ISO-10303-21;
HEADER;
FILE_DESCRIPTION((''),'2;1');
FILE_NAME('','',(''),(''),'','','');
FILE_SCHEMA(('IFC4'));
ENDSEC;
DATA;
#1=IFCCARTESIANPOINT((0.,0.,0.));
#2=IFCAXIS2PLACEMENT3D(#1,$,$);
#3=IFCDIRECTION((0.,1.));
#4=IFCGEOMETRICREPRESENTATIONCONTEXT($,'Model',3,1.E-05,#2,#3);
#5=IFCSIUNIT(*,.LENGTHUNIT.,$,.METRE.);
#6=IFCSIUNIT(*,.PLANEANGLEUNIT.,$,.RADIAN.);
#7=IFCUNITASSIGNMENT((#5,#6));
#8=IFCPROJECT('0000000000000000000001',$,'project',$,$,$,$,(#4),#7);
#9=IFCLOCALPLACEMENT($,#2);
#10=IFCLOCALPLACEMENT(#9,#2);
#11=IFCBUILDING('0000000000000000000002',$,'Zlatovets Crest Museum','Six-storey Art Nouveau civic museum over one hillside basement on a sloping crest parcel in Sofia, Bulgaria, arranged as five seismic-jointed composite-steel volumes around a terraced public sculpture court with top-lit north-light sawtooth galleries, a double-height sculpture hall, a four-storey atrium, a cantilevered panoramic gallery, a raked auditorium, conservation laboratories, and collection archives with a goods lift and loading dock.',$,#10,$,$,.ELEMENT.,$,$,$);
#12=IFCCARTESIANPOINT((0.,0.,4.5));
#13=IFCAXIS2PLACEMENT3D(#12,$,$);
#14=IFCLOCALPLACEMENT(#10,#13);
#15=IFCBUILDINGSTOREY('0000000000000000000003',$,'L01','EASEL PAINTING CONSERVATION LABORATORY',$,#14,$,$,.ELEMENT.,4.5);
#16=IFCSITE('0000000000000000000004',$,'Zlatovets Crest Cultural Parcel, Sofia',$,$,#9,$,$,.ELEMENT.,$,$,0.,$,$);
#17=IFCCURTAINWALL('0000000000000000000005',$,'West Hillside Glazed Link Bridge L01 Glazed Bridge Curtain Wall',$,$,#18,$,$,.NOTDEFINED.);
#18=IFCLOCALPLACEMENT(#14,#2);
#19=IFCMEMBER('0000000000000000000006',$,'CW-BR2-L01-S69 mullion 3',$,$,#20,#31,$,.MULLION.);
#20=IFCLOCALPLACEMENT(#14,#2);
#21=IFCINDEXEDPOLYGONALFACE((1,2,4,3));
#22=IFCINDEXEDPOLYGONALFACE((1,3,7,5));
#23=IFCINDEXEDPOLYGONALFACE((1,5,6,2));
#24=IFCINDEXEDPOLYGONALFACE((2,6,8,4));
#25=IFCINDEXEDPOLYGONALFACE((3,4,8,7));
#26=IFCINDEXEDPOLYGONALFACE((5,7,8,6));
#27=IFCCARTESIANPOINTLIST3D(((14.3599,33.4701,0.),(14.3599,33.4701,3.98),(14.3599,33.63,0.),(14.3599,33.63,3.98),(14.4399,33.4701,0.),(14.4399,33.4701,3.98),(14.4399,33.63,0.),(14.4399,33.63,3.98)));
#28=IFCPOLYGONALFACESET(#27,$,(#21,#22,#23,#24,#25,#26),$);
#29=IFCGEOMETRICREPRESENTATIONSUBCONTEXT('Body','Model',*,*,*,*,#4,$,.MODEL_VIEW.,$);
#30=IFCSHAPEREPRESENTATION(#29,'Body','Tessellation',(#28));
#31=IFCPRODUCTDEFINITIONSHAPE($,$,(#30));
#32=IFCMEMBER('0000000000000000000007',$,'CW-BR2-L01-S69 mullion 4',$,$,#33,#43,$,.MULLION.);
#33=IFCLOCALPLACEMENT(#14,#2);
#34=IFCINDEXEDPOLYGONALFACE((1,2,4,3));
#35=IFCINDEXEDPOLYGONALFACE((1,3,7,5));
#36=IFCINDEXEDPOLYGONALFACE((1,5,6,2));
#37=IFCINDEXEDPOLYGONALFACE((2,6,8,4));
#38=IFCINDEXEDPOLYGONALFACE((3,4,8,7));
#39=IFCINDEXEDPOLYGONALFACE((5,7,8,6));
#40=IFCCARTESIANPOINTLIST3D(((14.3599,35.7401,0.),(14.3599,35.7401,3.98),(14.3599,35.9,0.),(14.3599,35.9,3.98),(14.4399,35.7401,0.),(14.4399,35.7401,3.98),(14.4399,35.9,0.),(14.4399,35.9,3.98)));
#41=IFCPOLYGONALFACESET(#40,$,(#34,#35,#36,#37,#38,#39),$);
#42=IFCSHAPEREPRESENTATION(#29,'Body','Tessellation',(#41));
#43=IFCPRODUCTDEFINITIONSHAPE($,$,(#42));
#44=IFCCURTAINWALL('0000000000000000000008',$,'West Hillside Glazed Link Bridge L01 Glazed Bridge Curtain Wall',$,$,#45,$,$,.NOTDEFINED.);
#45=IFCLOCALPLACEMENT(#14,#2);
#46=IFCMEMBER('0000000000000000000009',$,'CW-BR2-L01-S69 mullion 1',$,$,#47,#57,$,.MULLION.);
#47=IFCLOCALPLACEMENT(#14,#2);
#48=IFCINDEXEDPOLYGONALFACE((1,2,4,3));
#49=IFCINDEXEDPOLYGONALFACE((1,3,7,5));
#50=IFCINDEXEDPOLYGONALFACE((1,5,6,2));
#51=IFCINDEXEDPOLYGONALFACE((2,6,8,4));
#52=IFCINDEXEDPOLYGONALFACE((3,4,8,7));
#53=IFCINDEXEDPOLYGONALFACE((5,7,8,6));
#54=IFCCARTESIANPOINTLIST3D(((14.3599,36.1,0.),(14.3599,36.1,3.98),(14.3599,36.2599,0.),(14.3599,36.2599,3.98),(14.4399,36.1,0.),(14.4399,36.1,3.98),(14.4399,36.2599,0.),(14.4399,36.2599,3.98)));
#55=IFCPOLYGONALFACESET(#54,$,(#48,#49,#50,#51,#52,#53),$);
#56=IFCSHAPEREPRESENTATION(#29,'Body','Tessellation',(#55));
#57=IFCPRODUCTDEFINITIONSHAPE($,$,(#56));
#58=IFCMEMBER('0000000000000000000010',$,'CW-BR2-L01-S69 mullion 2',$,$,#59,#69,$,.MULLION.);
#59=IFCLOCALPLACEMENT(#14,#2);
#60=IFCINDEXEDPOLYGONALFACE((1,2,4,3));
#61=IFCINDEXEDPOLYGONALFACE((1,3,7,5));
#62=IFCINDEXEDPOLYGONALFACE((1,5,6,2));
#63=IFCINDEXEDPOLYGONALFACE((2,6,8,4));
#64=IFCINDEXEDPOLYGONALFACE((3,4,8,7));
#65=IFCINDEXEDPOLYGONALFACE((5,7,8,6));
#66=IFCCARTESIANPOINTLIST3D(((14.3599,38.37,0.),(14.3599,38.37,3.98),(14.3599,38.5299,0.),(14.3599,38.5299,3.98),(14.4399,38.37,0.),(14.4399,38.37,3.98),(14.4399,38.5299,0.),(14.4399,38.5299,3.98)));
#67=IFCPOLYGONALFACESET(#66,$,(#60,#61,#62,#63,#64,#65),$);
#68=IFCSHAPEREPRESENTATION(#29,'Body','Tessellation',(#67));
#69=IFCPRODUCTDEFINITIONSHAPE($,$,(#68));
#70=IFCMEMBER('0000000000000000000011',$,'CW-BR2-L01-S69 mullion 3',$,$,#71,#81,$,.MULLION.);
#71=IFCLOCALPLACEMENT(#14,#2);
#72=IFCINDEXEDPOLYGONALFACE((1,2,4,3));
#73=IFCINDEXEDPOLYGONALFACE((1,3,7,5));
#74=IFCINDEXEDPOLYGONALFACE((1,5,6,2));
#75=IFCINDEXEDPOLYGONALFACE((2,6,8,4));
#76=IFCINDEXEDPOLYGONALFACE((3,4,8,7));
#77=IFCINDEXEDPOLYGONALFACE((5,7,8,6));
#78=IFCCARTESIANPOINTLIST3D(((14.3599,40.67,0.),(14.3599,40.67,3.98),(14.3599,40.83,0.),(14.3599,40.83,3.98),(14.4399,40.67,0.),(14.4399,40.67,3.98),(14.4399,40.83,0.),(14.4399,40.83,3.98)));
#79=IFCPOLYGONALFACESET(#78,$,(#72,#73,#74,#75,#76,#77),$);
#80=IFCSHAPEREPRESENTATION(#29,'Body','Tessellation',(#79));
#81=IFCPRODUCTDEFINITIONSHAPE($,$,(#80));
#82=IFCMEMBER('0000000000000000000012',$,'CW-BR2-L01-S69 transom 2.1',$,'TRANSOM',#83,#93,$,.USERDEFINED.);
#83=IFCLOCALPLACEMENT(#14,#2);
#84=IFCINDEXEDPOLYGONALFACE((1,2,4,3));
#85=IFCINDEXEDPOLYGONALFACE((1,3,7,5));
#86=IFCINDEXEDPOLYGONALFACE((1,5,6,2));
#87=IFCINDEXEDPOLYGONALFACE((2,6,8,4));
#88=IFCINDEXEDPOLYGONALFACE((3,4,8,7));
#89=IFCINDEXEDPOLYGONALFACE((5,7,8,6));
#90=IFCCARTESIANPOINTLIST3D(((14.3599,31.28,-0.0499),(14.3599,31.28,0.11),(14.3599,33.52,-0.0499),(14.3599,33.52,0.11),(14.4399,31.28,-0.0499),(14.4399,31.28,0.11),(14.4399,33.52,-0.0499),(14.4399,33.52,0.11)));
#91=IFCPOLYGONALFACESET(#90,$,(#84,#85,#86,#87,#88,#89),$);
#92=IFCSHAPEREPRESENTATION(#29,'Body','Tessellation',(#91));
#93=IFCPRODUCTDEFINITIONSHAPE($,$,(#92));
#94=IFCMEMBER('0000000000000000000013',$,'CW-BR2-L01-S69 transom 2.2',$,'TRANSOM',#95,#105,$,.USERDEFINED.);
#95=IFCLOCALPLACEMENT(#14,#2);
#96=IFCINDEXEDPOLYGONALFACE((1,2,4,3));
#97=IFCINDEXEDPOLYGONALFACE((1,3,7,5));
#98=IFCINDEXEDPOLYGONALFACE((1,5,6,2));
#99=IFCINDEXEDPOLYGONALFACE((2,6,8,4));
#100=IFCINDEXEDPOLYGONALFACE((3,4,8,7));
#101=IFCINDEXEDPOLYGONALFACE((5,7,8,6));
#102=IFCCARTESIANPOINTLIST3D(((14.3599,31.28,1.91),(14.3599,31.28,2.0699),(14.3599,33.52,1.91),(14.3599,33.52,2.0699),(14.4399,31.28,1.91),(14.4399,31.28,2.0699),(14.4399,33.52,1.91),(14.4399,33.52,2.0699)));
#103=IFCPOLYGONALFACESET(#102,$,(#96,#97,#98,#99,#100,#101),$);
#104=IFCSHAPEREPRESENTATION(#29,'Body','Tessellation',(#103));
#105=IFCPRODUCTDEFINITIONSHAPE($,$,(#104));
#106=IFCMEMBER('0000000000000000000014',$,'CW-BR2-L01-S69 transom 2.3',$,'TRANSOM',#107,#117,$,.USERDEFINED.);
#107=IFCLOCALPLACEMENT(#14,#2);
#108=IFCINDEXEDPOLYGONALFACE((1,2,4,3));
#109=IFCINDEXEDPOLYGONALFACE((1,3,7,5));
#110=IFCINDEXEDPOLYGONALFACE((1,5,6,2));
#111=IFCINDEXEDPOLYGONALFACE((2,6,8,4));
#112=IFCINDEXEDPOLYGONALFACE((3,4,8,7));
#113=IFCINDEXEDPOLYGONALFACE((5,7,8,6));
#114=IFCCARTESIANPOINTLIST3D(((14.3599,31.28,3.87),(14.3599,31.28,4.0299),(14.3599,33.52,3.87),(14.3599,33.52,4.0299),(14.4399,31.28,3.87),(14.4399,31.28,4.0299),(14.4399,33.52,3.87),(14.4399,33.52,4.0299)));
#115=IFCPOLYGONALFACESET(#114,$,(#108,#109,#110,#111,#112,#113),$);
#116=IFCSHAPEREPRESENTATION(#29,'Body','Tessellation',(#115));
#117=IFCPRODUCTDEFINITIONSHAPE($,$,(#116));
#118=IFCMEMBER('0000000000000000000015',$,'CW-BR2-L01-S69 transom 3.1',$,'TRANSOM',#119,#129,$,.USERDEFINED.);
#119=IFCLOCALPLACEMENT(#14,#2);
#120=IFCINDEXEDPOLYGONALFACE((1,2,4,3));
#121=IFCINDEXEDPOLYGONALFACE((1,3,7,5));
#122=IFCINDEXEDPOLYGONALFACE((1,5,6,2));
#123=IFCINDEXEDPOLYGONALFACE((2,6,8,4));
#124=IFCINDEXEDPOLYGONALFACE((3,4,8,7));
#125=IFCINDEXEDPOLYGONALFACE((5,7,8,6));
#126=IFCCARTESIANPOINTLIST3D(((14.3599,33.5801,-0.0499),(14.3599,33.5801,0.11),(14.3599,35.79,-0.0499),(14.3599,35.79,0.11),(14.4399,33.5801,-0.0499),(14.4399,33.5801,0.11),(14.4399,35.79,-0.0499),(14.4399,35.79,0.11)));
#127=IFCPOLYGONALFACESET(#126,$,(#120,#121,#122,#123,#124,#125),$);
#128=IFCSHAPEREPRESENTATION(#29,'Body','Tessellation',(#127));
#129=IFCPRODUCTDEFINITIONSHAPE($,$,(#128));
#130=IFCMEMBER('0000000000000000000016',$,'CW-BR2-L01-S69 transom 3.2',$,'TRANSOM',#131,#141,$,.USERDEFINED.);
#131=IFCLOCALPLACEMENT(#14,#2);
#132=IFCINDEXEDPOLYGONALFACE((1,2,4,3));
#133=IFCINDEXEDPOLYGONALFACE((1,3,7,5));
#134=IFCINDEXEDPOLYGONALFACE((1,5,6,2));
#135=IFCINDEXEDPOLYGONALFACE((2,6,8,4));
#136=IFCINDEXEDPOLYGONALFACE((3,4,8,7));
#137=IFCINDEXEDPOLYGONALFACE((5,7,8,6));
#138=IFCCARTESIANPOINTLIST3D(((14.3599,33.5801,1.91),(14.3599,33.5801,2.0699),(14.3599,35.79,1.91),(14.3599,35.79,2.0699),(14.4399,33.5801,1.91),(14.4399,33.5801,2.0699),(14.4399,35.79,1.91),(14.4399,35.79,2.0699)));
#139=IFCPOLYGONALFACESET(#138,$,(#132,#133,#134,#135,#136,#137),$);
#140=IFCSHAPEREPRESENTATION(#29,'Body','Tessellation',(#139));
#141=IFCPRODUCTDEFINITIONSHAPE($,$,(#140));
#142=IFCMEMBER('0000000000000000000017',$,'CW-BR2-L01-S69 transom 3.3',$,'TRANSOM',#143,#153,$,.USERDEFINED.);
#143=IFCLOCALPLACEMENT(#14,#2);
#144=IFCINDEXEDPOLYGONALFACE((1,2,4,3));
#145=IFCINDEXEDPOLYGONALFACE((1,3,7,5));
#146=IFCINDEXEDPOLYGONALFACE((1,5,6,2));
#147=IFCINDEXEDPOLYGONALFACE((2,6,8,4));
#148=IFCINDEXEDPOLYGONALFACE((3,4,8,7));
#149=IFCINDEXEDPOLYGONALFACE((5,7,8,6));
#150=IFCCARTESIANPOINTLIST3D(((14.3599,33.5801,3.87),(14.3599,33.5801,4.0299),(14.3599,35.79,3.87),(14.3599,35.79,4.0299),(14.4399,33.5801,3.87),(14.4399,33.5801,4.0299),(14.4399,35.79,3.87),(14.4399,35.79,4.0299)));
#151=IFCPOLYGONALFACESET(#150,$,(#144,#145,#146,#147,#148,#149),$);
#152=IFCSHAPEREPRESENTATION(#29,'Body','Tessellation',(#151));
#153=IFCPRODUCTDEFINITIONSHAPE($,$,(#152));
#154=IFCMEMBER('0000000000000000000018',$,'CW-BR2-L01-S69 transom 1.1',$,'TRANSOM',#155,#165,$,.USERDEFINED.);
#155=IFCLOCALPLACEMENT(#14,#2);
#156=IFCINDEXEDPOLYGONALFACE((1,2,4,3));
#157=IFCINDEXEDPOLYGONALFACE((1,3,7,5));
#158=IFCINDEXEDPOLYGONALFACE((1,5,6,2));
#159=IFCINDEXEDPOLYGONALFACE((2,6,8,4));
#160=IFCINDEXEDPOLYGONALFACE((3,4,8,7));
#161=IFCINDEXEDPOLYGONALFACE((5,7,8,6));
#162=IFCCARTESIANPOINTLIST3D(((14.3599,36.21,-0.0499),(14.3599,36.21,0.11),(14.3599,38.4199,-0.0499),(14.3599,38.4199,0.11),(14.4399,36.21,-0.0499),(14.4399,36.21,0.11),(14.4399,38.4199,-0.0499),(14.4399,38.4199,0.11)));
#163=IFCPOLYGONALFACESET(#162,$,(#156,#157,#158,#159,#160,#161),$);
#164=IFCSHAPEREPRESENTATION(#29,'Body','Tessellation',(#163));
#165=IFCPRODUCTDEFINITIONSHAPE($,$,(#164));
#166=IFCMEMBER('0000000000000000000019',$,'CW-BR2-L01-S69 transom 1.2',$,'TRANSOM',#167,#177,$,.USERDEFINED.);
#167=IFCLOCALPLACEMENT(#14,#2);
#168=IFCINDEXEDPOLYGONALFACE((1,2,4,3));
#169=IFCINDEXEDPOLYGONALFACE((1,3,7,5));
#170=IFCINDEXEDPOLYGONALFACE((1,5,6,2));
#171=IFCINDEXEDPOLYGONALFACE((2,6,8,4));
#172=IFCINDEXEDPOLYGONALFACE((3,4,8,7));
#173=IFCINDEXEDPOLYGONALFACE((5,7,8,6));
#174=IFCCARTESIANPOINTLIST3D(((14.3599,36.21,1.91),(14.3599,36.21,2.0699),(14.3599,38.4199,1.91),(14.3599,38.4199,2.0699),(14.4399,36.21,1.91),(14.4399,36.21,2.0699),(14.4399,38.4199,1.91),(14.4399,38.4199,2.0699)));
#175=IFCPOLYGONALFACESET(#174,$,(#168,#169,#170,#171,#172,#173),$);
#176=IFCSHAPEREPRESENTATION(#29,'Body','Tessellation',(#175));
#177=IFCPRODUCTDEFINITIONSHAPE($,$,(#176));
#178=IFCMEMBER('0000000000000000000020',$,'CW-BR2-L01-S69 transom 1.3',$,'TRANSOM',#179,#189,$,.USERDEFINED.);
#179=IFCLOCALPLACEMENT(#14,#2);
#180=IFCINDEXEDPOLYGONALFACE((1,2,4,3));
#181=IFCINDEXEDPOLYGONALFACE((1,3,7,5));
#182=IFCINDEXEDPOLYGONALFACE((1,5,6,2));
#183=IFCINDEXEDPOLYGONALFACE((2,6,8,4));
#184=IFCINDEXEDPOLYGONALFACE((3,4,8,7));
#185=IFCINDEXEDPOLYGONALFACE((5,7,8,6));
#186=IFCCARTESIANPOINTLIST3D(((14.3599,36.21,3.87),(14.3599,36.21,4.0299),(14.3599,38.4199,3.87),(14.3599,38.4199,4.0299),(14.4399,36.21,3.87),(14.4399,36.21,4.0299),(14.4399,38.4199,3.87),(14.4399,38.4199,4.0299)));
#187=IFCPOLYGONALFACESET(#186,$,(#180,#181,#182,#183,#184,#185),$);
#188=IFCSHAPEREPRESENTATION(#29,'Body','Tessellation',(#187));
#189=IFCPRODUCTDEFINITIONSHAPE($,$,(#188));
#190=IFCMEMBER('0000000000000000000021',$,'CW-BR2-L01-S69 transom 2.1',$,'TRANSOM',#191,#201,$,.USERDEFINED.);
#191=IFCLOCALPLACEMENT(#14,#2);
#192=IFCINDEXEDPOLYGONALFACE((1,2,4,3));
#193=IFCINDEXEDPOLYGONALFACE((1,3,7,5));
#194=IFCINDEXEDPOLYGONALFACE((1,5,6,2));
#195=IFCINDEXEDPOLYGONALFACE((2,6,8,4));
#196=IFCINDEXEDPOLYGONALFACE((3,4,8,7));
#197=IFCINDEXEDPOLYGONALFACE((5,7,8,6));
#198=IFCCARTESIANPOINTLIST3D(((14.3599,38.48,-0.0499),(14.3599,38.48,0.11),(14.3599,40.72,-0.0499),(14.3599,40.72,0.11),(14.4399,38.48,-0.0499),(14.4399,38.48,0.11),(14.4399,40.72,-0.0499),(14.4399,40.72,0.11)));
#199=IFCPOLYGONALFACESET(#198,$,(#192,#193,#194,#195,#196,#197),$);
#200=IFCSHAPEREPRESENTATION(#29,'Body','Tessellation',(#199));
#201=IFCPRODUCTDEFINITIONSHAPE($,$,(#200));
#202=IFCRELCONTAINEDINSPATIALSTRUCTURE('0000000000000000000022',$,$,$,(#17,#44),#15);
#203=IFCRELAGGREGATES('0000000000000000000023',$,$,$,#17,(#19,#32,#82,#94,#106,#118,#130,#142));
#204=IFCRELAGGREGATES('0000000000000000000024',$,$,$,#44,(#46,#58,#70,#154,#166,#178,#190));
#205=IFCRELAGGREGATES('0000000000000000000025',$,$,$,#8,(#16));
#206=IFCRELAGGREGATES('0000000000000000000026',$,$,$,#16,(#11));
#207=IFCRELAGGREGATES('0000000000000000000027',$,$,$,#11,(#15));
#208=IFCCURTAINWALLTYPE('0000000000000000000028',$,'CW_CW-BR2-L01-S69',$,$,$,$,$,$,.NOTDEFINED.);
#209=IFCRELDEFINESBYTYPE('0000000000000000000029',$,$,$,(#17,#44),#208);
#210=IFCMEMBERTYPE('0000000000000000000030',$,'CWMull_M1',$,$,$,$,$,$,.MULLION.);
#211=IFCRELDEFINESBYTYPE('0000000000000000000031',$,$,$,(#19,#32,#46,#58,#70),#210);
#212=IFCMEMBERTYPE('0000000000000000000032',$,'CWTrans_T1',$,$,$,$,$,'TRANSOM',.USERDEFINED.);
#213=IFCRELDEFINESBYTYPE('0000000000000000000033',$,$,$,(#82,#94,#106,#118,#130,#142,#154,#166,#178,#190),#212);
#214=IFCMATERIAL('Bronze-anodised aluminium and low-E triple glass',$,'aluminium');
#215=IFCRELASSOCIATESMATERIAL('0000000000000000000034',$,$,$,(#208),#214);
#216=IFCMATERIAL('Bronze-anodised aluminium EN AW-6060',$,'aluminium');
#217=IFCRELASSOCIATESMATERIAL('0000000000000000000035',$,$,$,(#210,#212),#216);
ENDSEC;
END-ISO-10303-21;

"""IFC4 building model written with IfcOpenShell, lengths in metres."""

from ifc_helpers import new_model, si_unit, direction, frame, origin, origin_2d, place, context, subcontext, project, spatial, rectangle, extrude, material, material_profile, profile_set, type_object, element, aggregate, save


model = new_model("IFC4")

# Units and contexts
model_context = context("Model", 3, precision=1e-05, world=origin(), true_north=direction((0.0, 1.0)))
body_context = subcontext(model_context, "Body", "Model", "MODEL_VIEW")
ifc_project = project(units=[si_unit("LENGTHUNIT", "METRE"), si_unit("PLANEANGLEUNIT", "RADIAN")], contexts=[model_context])

# Site, building, storey
site_placement = place(None, origin())
site = spatial("IfcSite", under=ifc_project, at=site_placement, Name="Zlatovets Crest Cultural Parcel, Sofia", CompositionType="ELEMENT", RefElevation=0.0)
building_placement = place(site_placement, origin())
building = spatial("IfcBuilding", under=site, at=building_placement, Name="Zlatovets Crest Museum", Description="Six-storey Art Nouveau civic museum over one hillside basement on a sloping crest parcel in Sofia, Bulgaria, arranged as five seismic-jointed composite-steel volumes around a terraced public sculpture court with top-lit north-light sawtooth galleries, a double-height sculpture hall, a four-storey atrium, a cantilevered panoramic gallery, a raked auditorium, conservation laboratories, and collection archives with a goods lift and loading dock.", CompositionType="ELEMENT")
storey_placement = place(building_placement, frame((0.0, 0.0, 4.5)))
storey = spatial("IfcBuildingStorey", under=building, at=storey_placement, Name="L01", Description="EASEL PAINTING CONSERVATION LABORATORY", CompositionType="ELEMENT", Elevation=4.5)

# Curtain walls, members
ifc_material_1 = material(Name="Bronze-anodised aluminium and low-E triple glass", Category="aluminium")
curtain_wall_type = type_object("IfcCurtainWallType", Name="CW_CW-BR2-L01-S69", PredefinedType="NOTDEFINED", material=ifc_material_1)
curtain_wall_1_placement = place(storey_placement, origin())
curtain_wall_1 = element("IfcCurtainWall", 1, at=curtain_wall_1_placement, inside=storey, type_object=curtain_wall_type, Name="West Hillside Glazed Link Bridge L01 Glazed Bridge Curtain Wall", PredefinedType="NOTDEFINED")
ifc_material_2 = material(Name="Bronze-anodised aluminium EN AW-6060", Category="aluminium")
ifc_material_profile_1 = material_profile(ifc_material_2, rectangle(XDim=0.0801, YDim=0.1599, at=origin_2d()), Name="ALU 80x160")
ifc_profile_set_1 = profile_set([ifc_material_profile_1], Name="Bronze-anodised aluminium EN AW-6060")
member_type_1 = type_object("IfcMemberType", Name="CWMull_M1", PredefinedType="MULLION", material=ifc_profile_set_1)
member_1_placement = place(storey_placement, frame((14.3999, 33.55, 0.0), z_axis=(0.0, 0.0, 1.0), x_axis=(-1.0, 0.0, 0.0)))
member_1 = element("IfcMember", 2, at=member_1_placement, type_object=member_type_1, Name="CW-BR2-L01-S69 mullion 3", PredefinedType="MULLION", context=body_context, shape_type="SweptSolid", body=[
    extrude(rectangle(XDim=0.0801, YDim=0.1599, at=origin_2d()), origin(), (0.0, 0.0, 1.0), 3.98),
])
member_2_placement = place(storey_placement, frame((14.3999, 35.8201, 0.0), z_axis=(0.0, 0.0, 1.0), x_axis=(-1.0, 0.0, 0.0)))
member_2 = element("IfcMember", 3, at=member_2_placement, type_object=member_type_1, Name="CW-BR2-L01-S69 mullion 4", PredefinedType="MULLION", context=body_context, shape_type="SweptSolid", body=[
    extrude(rectangle(XDim=0.0801, YDim=0.1599, at=origin_2d()), origin(), (0.0, 0.0, 1.0), 3.98),
])
curtain_wall_2_placement = place(storey_placement, origin())
curtain_wall_2 = element("IfcCurtainWall", 4, at=curtain_wall_2_placement, inside=storey, type_object=curtain_wall_type, Name="West Hillside Glazed Link Bridge L01 Glazed Bridge Curtain Wall", PredefinedType="NOTDEFINED")
member_3_placement = place(storey_placement, frame((14.3999, 36.1799, 0.0), z_axis=(0.0, 0.0, 1.0), x_axis=(-1.0, 0.0, 0.0)))
member_3 = element("IfcMember", 5, at=member_3_placement, type_object=member_type_1, Name="CW-BR2-L01-S69 mullion 1", PredefinedType="MULLION", context=body_context, shape_type="SweptSolid", body=[
    extrude(rectangle(XDim=0.0801, YDim=0.1599, at=origin_2d()), origin(), (0.0, 0.0, 1.0), 3.98),
])
member_4_placement = place(storey_placement, frame((14.3999, 38.45, 0.0), z_axis=(0.0, 0.0, 1.0), x_axis=(-1.0, 0.0, 0.0)))
member_4 = element("IfcMember", 6, at=member_4_placement, type_object=member_type_1, Name="CW-BR2-L01-S69 mullion 2", PredefinedType="MULLION", context=body_context, shape_type="SweptSolid", body=[
    extrude(rectangle(XDim=0.0801, YDim=0.1599, at=origin_2d()), origin(), (0.0, 0.0, 1.0), 3.98),
])
member_5_placement = place(storey_placement, frame((14.3999, 40.75, 0.0), z_axis=(0.0, 0.0, 1.0), x_axis=(-1.0, 0.0, 0.0)))
member_5 = element("IfcMember", 7, at=member_5_placement, type_object=member_type_1, Name="CW-BR2-L01-S69 mullion 3", PredefinedType="MULLION", context=body_context, shape_type="SweptSolid", body=[
    extrude(rectangle(XDim=0.0801, YDim=0.1599, at=origin_2d()), origin(), (0.0, 0.0, 1.0), 3.98),
])

# Members
ifc_material_profile_2 = material_profile(ifc_material_2, rectangle(XDim=0.0801, YDim=0.1599, at=origin_2d()), Name="ALU 80x160")
ifc_profile_set_2 = profile_set([ifc_material_profile_2], Name="Bronze-anodised aluminium EN AW-6060")
member_type_2 = type_object("IfcMemberType", Name="CWTrans_T1", ElementType="TRANSOM", PredefinedType="USERDEFINED", material=ifc_profile_set_2)
member_6_placement = place(storey_placement, frame((14.3999, 31.28, 0.03), z_axis=(0.0, 1.0, 0.0), x_axis=(-1.0, 0.0, 0.0)))
member_6 = element("IfcMember", 8, at=member_6_placement, type_object=member_type_2, Name="CW-BR2-L01-S69 transom 2.1", ObjectType="TRANSOM", PredefinedType="USERDEFINED", context=body_context, shape_type="SweptSolid", body=[
    extrude(rectangle(XDim=0.0801, YDim=0.1599, at=origin_2d()), origin(), (0.0, 0.0, 1.0), 2.24),
])
member_7_placement = place(storey_placement, frame((14.3999, 31.28, 1.99), z_axis=(0.0, 1.0, 0.0), x_axis=(-1.0, 0.0, 0.0)))
member_7 = element("IfcMember", 9, at=member_7_placement, type_object=member_type_2, Name="CW-BR2-L01-S69 transom 2.2", ObjectType="TRANSOM", PredefinedType="USERDEFINED", context=body_context, shape_type="SweptSolid", body=[
    extrude(rectangle(XDim=0.0801, YDim=0.1599, at=origin_2d()), origin(), (0.0, 0.0, 1.0), 2.24),
])
member_8_placement = place(storey_placement, frame((14.3999, 31.28, 3.95), z_axis=(0.0, 1.0, 0.0), x_axis=(-1.0, 0.0, 0.0)))
member_8 = element("IfcMember", 10, at=member_8_placement, type_object=member_type_2, Name="CW-BR2-L01-S69 transom 2.3", ObjectType="TRANSOM", PredefinedType="USERDEFINED", context=body_context, shape_type="SweptSolid", body=[
    extrude(rectangle(XDim=0.0801, YDim=0.1599, at=origin_2d()), origin(), (0.0, 0.0, 1.0), 2.24),
])
member_9_placement = place(storey_placement, frame((14.3999, 33.5801, 0.03), z_axis=(0.0, 1.0, 0.0), x_axis=(-1.0, 0.0, 0.0)))
member_9 = element("IfcMember", 11, at=member_9_placement, type_object=member_type_2, Name="CW-BR2-L01-S69 transom 3.1", ObjectType="TRANSOM", PredefinedType="USERDEFINED", context=body_context, shape_type="SweptSolid", body=[
    extrude(rectangle(XDim=0.0801, YDim=0.1599, at=origin_2d()), origin(), (0.0, 0.0, 1.0), 2.21),
])
member_10_placement = place(storey_placement, frame((14.3999, 33.5801, 1.99), z_axis=(0.0, 1.0, 0.0), x_axis=(-1.0, 0.0, 0.0)))
member_10 = element("IfcMember", 12, at=member_10_placement, type_object=member_type_2, Name="CW-BR2-L01-S69 transom 3.2", ObjectType="TRANSOM", PredefinedType="USERDEFINED", context=body_context, shape_type="SweptSolid", body=[
    extrude(rectangle(XDim=0.0801, YDim=0.1599, at=origin_2d()), origin(), (0.0, 0.0, 1.0), 2.21),
])
member_11_placement = place(storey_placement, frame((14.3999, 33.5801, 3.95), z_axis=(0.0, 1.0, 0.0), x_axis=(-1.0, 0.0, 0.0)))
member_11 = element("IfcMember", 13, at=member_11_placement, type_object=member_type_2, Name="CW-BR2-L01-S69 transom 3.3", ObjectType="TRANSOM", PredefinedType="USERDEFINED", context=body_context, shape_type="SweptSolid", body=[
    extrude(rectangle(XDim=0.0801, YDim=0.1599, at=origin_2d()), origin(), (0.0, 0.0, 1.0), 2.21),
])
member_12_placement = place(storey_placement, frame((14.3999, 36.21, 0.03), z_axis=(0.0, 1.0, 0.0), x_axis=(-1.0, 0.0, 0.0)))
member_12 = element("IfcMember", 14, at=member_12_placement, type_object=member_type_2, Name="CW-BR2-L01-S69 transom 1.1", ObjectType="TRANSOM", PredefinedType="USERDEFINED", context=body_context, shape_type="SweptSolid", body=[
    extrude(rectangle(XDim=0.0801, YDim=0.1599, at=origin_2d()), origin(), (0.0, 0.0, 1.0), 2.21),
])
member_13_placement = place(storey_placement, frame((14.3999, 36.21, 1.99), z_axis=(0.0, 1.0, 0.0), x_axis=(-1.0, 0.0, 0.0)))
member_13 = element("IfcMember", 15, at=member_13_placement, type_object=member_type_2, Name="CW-BR2-L01-S69 transom 1.2", ObjectType="TRANSOM", PredefinedType="USERDEFINED", context=body_context, shape_type="SweptSolid", body=[
    extrude(rectangle(XDim=0.0801, YDim=0.1599, at=origin_2d()), origin(), (0.0, 0.0, 1.0), 2.21),
])
member_14_placement = place(storey_placement, frame((14.3999, 36.21, 3.95), z_axis=(0.0, 1.0, 0.0), x_axis=(-1.0, 0.0, 0.0)))
member_14 = element("IfcMember", 16, at=member_14_placement, type_object=member_type_2, Name="CW-BR2-L01-S69 transom 1.3", ObjectType="TRANSOM", PredefinedType="USERDEFINED", context=body_context, shape_type="SweptSolid", body=[
    extrude(rectangle(XDim=0.0801, YDim=0.1599, at=origin_2d()), origin(), (0.0, 0.0, 1.0), 2.21),
])
member_15_placement = place(storey_placement, frame((14.3999, 38.48, 0.03), z_axis=(0.0, 1.0, 0.0), x_axis=(-1.0, 0.0, 0.0)))
member_15 = element("IfcMember", 17, at=member_15_placement, type_object=member_type_2, Name="CW-BR2-L01-S69 transom 2.1", ObjectType="TRANSOM", PredefinedType="USERDEFINED", context=body_context, shape_type="SweptSolid", body=[
    extrude(rectangle(XDim=0.0801, YDim=0.1599, at=origin_2d()), origin(), (0.0, 0.0, 1.0), 2.24),
])

aggregate(curtain_wall_1, [member_1, member_2, member_6, member_7, member_8, member_9, member_10, member_11])
aggregate(curtain_wall_2, [member_3, member_4, member_5, member_12, member_13, member_14, member_15])

save(model, "model.ifc")
